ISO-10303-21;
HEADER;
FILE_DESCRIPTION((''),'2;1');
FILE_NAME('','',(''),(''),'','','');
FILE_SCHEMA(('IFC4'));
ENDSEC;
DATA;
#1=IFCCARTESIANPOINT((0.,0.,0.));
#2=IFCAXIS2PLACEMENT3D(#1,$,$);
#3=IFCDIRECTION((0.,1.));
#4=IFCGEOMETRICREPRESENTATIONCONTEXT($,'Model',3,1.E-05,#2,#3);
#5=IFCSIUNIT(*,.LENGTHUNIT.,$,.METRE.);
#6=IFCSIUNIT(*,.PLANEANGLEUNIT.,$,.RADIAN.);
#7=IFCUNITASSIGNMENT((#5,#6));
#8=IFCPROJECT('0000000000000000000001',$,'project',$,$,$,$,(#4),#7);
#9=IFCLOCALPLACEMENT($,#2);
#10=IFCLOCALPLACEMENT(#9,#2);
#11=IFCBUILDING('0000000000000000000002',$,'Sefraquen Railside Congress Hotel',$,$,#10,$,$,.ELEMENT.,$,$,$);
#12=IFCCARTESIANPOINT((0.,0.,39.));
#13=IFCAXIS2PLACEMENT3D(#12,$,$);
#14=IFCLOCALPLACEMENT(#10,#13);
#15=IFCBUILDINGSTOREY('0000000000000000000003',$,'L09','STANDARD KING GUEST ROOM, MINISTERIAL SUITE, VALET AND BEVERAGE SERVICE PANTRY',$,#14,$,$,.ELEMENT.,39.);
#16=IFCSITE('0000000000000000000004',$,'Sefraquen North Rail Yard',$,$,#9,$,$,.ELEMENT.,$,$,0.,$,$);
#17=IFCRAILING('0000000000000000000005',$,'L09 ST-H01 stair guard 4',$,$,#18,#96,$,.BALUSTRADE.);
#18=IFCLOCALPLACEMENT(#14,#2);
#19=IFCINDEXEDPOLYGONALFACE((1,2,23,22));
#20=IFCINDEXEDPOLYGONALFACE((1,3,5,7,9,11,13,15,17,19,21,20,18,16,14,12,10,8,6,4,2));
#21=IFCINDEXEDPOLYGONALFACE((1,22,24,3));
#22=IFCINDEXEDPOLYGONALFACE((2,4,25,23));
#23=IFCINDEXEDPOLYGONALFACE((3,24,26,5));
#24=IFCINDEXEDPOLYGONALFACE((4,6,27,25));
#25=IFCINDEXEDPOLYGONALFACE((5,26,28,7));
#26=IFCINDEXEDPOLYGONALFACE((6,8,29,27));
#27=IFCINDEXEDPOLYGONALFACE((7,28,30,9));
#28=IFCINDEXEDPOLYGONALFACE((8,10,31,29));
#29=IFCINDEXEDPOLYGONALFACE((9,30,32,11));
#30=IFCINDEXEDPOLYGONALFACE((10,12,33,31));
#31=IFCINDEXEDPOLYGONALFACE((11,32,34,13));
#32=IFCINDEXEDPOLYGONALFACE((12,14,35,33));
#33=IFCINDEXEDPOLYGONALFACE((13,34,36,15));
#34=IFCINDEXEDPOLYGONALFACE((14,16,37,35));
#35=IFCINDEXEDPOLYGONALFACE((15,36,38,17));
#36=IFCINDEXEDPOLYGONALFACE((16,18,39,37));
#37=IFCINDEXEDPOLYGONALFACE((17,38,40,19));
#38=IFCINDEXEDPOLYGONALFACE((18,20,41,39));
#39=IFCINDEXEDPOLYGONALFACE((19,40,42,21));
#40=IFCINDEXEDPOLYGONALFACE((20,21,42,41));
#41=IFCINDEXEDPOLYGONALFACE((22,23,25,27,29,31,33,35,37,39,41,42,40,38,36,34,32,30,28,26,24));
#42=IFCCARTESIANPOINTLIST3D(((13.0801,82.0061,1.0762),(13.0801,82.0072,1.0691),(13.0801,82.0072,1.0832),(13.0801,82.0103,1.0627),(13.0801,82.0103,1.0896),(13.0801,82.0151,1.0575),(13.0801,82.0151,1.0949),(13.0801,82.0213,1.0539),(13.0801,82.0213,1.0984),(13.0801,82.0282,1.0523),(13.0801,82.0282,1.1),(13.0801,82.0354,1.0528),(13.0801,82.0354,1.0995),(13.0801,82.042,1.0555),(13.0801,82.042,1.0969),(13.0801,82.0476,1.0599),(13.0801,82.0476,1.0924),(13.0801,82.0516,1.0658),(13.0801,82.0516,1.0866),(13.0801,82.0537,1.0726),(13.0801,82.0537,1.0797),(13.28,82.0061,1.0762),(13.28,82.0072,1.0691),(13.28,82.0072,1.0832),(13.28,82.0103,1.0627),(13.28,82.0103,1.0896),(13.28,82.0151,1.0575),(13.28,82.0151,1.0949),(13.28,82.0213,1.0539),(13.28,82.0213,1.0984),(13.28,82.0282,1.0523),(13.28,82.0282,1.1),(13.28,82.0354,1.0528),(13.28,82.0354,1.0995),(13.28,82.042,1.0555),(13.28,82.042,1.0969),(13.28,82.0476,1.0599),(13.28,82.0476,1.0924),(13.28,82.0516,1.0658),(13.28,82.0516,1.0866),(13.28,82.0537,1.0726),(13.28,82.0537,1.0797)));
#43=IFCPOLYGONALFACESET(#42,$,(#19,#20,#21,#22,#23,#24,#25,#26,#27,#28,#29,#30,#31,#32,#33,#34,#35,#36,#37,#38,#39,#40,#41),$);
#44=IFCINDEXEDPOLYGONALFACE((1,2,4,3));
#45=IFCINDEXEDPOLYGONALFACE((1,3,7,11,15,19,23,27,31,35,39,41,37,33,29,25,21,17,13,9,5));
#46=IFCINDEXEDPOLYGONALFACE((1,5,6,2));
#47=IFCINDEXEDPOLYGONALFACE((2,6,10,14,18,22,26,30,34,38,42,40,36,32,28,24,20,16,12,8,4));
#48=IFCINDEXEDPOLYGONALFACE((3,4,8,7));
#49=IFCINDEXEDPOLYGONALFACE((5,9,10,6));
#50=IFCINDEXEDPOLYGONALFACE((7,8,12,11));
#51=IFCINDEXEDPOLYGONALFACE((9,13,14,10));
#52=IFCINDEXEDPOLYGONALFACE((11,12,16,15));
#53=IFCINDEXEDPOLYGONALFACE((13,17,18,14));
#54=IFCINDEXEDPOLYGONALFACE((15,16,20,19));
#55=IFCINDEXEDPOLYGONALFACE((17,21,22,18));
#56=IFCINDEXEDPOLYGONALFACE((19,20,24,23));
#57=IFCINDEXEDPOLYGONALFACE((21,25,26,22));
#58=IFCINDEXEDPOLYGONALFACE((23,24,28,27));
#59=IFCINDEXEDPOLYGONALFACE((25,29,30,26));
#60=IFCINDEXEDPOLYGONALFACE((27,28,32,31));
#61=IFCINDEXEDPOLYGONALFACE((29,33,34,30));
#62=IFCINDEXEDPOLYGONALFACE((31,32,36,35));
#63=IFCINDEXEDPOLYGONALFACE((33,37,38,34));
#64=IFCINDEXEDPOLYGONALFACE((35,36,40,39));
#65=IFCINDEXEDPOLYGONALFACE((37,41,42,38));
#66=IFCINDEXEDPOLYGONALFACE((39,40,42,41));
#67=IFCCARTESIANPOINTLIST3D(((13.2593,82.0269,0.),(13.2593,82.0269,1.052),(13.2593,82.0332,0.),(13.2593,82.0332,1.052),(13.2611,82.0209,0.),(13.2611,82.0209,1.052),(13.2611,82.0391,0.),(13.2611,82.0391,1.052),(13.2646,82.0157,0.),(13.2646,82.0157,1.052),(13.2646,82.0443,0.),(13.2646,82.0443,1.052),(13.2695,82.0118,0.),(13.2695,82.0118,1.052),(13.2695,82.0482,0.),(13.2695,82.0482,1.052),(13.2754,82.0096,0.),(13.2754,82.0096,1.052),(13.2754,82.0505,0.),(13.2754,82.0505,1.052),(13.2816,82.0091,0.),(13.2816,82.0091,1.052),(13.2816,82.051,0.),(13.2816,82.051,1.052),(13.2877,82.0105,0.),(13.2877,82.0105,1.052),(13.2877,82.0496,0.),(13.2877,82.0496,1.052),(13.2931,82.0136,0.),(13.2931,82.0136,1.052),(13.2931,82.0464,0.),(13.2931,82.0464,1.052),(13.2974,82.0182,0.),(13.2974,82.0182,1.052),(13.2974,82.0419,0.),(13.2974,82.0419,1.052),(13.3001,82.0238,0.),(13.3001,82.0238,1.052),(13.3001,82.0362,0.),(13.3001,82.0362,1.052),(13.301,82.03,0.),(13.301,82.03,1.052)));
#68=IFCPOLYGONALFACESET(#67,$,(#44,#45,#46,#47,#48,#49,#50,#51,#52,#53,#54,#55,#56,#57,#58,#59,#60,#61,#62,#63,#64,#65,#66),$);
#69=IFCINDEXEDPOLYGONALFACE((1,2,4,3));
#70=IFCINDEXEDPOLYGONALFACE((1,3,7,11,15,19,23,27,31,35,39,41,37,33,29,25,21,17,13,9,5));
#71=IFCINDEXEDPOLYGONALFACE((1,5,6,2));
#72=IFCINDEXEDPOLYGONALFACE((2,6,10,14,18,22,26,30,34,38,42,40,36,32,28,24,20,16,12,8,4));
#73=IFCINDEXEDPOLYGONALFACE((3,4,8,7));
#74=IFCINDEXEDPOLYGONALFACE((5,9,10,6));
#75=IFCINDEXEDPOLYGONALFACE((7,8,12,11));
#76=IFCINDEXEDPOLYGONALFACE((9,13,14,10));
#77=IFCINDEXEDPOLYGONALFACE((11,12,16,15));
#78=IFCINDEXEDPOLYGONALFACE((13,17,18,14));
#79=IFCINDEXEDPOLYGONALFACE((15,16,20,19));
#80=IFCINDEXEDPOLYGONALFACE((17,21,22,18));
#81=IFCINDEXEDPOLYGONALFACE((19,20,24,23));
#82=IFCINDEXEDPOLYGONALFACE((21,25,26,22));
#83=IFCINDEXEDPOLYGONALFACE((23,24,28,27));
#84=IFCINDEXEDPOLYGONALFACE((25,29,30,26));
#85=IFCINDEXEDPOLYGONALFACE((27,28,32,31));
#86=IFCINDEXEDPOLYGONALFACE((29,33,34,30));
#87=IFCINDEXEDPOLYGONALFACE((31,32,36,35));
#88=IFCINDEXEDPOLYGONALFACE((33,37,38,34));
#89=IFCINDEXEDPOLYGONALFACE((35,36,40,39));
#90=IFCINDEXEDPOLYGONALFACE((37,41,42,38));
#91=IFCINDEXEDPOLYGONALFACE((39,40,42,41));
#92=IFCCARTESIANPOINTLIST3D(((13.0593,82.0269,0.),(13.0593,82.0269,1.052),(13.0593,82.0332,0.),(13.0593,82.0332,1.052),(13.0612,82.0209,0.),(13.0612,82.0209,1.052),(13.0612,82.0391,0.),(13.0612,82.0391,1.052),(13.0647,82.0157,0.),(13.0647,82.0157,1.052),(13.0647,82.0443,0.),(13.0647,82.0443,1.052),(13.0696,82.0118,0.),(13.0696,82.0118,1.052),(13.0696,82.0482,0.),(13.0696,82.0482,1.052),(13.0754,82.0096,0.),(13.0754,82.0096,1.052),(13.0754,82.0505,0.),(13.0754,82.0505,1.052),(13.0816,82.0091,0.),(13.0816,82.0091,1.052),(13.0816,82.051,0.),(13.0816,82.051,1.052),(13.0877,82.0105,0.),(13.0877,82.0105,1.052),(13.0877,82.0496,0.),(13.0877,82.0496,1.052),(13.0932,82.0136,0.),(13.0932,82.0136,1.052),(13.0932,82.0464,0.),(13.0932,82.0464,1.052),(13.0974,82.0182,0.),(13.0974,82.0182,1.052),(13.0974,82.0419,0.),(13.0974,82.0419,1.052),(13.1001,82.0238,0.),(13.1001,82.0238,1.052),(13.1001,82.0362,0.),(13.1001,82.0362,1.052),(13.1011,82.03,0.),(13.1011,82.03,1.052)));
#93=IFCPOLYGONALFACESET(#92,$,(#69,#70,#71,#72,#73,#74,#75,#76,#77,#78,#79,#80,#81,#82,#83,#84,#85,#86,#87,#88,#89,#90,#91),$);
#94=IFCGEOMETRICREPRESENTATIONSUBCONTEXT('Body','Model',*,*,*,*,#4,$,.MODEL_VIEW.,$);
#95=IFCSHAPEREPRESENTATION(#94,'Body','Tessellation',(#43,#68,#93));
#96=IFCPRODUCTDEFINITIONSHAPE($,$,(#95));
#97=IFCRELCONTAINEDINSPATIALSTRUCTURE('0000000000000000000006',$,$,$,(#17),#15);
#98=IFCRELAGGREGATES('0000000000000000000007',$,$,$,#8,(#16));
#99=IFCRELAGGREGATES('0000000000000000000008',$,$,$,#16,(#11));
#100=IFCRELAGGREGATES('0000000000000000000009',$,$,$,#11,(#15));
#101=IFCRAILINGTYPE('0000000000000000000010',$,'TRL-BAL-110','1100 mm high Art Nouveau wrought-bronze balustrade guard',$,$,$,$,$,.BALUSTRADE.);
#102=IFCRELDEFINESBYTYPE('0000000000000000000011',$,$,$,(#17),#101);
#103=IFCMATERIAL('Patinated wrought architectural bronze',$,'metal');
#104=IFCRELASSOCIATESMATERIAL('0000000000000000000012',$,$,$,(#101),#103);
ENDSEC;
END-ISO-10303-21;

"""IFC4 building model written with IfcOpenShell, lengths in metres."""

from ifc_helpers import new_model, si_unit, direction, frame, origin, origin_2d, place, context, subcontext, project, spatial, circle, extrude, material, type_object, element, save


model = new_model("IFC4")

# Units and contexts
model_context = context("Model", 3, precision=1e-05, world=origin(), true_north=direction((0.0, 1.0)))
body_context = subcontext(model_context, "Body", "Model", "MODEL_VIEW")
ifc_project = project(units=[si_unit("LENGTHUNIT", "METRE"), si_unit("PLANEANGLEUNIT", "RADIAN")], contexts=[model_context])

# Site, building, storey
site_placement = place(None, origin())
site = spatial("IfcSite", under=ifc_project, at=site_placement, Name="Sefraquen North Rail Yard", CompositionType="ELEMENT", RefElevation=0.0)
building_placement = place(site_placement, origin())
building = spatial("IfcBuilding", under=site, at=building_placement, Name="Sefraquen Railside Congress Hotel", CompositionType="ELEMENT")
storey_placement = place(building_placement, frame((0.0, 0.0, 39.0)))
storey = spatial("IfcBuildingStorey", under=building, at=storey_placement, Name="L09", Description="STANDARD KING GUEST ROOM, MINISTERIAL SUITE, VALET AND BEVERAGE SERVICE PANTRY", CompositionType="ELEMENT", Elevation=39.0)

# Railing
ifc_material_1 = material(Name="Patinated wrought architectural bronze", Category="metal")
railing_type_1 = type_object("IfcRailingType", Name="TRL-BAL-110", Description="1100 mm high Art Nouveau wrought-bronze balustrade guard", PredefinedType="BALUSTRADE", material=ifc_material_1)
railing_1_placement = place(storey_placement, frame((13.28, 82.03, 0.0)))
element("IfcRailing", 1, at=railing_1_placement, inside=storey, type_object=railing_type_1, Name="L09 ST-H01 stair guard 4", PredefinedType="BALUSTRADE", context=body_context, shape_type="SweptSolid", body=[
    extrude(circle(Radius=0.0239, at=origin_2d()), frame((0.0, 0.0, 1.0762), z_axis=(-1.0, 0.0, 0.0), x_axis=(0.0, -1.0, 0.0)), (0.0, 0.0, 1.0), 0.2),
    extrude(circle(Radius=0.021, at=origin_2d()), origin(), (0.0, 0.0, 1.0), 1.052),
    extrude(circle(Radius=0.021, at=origin_2d()), frame((-0.2, 0.0, 0.0)), (0.0, 0.0, 1.0), 1.052),
])

save(model, "model.ifc")
